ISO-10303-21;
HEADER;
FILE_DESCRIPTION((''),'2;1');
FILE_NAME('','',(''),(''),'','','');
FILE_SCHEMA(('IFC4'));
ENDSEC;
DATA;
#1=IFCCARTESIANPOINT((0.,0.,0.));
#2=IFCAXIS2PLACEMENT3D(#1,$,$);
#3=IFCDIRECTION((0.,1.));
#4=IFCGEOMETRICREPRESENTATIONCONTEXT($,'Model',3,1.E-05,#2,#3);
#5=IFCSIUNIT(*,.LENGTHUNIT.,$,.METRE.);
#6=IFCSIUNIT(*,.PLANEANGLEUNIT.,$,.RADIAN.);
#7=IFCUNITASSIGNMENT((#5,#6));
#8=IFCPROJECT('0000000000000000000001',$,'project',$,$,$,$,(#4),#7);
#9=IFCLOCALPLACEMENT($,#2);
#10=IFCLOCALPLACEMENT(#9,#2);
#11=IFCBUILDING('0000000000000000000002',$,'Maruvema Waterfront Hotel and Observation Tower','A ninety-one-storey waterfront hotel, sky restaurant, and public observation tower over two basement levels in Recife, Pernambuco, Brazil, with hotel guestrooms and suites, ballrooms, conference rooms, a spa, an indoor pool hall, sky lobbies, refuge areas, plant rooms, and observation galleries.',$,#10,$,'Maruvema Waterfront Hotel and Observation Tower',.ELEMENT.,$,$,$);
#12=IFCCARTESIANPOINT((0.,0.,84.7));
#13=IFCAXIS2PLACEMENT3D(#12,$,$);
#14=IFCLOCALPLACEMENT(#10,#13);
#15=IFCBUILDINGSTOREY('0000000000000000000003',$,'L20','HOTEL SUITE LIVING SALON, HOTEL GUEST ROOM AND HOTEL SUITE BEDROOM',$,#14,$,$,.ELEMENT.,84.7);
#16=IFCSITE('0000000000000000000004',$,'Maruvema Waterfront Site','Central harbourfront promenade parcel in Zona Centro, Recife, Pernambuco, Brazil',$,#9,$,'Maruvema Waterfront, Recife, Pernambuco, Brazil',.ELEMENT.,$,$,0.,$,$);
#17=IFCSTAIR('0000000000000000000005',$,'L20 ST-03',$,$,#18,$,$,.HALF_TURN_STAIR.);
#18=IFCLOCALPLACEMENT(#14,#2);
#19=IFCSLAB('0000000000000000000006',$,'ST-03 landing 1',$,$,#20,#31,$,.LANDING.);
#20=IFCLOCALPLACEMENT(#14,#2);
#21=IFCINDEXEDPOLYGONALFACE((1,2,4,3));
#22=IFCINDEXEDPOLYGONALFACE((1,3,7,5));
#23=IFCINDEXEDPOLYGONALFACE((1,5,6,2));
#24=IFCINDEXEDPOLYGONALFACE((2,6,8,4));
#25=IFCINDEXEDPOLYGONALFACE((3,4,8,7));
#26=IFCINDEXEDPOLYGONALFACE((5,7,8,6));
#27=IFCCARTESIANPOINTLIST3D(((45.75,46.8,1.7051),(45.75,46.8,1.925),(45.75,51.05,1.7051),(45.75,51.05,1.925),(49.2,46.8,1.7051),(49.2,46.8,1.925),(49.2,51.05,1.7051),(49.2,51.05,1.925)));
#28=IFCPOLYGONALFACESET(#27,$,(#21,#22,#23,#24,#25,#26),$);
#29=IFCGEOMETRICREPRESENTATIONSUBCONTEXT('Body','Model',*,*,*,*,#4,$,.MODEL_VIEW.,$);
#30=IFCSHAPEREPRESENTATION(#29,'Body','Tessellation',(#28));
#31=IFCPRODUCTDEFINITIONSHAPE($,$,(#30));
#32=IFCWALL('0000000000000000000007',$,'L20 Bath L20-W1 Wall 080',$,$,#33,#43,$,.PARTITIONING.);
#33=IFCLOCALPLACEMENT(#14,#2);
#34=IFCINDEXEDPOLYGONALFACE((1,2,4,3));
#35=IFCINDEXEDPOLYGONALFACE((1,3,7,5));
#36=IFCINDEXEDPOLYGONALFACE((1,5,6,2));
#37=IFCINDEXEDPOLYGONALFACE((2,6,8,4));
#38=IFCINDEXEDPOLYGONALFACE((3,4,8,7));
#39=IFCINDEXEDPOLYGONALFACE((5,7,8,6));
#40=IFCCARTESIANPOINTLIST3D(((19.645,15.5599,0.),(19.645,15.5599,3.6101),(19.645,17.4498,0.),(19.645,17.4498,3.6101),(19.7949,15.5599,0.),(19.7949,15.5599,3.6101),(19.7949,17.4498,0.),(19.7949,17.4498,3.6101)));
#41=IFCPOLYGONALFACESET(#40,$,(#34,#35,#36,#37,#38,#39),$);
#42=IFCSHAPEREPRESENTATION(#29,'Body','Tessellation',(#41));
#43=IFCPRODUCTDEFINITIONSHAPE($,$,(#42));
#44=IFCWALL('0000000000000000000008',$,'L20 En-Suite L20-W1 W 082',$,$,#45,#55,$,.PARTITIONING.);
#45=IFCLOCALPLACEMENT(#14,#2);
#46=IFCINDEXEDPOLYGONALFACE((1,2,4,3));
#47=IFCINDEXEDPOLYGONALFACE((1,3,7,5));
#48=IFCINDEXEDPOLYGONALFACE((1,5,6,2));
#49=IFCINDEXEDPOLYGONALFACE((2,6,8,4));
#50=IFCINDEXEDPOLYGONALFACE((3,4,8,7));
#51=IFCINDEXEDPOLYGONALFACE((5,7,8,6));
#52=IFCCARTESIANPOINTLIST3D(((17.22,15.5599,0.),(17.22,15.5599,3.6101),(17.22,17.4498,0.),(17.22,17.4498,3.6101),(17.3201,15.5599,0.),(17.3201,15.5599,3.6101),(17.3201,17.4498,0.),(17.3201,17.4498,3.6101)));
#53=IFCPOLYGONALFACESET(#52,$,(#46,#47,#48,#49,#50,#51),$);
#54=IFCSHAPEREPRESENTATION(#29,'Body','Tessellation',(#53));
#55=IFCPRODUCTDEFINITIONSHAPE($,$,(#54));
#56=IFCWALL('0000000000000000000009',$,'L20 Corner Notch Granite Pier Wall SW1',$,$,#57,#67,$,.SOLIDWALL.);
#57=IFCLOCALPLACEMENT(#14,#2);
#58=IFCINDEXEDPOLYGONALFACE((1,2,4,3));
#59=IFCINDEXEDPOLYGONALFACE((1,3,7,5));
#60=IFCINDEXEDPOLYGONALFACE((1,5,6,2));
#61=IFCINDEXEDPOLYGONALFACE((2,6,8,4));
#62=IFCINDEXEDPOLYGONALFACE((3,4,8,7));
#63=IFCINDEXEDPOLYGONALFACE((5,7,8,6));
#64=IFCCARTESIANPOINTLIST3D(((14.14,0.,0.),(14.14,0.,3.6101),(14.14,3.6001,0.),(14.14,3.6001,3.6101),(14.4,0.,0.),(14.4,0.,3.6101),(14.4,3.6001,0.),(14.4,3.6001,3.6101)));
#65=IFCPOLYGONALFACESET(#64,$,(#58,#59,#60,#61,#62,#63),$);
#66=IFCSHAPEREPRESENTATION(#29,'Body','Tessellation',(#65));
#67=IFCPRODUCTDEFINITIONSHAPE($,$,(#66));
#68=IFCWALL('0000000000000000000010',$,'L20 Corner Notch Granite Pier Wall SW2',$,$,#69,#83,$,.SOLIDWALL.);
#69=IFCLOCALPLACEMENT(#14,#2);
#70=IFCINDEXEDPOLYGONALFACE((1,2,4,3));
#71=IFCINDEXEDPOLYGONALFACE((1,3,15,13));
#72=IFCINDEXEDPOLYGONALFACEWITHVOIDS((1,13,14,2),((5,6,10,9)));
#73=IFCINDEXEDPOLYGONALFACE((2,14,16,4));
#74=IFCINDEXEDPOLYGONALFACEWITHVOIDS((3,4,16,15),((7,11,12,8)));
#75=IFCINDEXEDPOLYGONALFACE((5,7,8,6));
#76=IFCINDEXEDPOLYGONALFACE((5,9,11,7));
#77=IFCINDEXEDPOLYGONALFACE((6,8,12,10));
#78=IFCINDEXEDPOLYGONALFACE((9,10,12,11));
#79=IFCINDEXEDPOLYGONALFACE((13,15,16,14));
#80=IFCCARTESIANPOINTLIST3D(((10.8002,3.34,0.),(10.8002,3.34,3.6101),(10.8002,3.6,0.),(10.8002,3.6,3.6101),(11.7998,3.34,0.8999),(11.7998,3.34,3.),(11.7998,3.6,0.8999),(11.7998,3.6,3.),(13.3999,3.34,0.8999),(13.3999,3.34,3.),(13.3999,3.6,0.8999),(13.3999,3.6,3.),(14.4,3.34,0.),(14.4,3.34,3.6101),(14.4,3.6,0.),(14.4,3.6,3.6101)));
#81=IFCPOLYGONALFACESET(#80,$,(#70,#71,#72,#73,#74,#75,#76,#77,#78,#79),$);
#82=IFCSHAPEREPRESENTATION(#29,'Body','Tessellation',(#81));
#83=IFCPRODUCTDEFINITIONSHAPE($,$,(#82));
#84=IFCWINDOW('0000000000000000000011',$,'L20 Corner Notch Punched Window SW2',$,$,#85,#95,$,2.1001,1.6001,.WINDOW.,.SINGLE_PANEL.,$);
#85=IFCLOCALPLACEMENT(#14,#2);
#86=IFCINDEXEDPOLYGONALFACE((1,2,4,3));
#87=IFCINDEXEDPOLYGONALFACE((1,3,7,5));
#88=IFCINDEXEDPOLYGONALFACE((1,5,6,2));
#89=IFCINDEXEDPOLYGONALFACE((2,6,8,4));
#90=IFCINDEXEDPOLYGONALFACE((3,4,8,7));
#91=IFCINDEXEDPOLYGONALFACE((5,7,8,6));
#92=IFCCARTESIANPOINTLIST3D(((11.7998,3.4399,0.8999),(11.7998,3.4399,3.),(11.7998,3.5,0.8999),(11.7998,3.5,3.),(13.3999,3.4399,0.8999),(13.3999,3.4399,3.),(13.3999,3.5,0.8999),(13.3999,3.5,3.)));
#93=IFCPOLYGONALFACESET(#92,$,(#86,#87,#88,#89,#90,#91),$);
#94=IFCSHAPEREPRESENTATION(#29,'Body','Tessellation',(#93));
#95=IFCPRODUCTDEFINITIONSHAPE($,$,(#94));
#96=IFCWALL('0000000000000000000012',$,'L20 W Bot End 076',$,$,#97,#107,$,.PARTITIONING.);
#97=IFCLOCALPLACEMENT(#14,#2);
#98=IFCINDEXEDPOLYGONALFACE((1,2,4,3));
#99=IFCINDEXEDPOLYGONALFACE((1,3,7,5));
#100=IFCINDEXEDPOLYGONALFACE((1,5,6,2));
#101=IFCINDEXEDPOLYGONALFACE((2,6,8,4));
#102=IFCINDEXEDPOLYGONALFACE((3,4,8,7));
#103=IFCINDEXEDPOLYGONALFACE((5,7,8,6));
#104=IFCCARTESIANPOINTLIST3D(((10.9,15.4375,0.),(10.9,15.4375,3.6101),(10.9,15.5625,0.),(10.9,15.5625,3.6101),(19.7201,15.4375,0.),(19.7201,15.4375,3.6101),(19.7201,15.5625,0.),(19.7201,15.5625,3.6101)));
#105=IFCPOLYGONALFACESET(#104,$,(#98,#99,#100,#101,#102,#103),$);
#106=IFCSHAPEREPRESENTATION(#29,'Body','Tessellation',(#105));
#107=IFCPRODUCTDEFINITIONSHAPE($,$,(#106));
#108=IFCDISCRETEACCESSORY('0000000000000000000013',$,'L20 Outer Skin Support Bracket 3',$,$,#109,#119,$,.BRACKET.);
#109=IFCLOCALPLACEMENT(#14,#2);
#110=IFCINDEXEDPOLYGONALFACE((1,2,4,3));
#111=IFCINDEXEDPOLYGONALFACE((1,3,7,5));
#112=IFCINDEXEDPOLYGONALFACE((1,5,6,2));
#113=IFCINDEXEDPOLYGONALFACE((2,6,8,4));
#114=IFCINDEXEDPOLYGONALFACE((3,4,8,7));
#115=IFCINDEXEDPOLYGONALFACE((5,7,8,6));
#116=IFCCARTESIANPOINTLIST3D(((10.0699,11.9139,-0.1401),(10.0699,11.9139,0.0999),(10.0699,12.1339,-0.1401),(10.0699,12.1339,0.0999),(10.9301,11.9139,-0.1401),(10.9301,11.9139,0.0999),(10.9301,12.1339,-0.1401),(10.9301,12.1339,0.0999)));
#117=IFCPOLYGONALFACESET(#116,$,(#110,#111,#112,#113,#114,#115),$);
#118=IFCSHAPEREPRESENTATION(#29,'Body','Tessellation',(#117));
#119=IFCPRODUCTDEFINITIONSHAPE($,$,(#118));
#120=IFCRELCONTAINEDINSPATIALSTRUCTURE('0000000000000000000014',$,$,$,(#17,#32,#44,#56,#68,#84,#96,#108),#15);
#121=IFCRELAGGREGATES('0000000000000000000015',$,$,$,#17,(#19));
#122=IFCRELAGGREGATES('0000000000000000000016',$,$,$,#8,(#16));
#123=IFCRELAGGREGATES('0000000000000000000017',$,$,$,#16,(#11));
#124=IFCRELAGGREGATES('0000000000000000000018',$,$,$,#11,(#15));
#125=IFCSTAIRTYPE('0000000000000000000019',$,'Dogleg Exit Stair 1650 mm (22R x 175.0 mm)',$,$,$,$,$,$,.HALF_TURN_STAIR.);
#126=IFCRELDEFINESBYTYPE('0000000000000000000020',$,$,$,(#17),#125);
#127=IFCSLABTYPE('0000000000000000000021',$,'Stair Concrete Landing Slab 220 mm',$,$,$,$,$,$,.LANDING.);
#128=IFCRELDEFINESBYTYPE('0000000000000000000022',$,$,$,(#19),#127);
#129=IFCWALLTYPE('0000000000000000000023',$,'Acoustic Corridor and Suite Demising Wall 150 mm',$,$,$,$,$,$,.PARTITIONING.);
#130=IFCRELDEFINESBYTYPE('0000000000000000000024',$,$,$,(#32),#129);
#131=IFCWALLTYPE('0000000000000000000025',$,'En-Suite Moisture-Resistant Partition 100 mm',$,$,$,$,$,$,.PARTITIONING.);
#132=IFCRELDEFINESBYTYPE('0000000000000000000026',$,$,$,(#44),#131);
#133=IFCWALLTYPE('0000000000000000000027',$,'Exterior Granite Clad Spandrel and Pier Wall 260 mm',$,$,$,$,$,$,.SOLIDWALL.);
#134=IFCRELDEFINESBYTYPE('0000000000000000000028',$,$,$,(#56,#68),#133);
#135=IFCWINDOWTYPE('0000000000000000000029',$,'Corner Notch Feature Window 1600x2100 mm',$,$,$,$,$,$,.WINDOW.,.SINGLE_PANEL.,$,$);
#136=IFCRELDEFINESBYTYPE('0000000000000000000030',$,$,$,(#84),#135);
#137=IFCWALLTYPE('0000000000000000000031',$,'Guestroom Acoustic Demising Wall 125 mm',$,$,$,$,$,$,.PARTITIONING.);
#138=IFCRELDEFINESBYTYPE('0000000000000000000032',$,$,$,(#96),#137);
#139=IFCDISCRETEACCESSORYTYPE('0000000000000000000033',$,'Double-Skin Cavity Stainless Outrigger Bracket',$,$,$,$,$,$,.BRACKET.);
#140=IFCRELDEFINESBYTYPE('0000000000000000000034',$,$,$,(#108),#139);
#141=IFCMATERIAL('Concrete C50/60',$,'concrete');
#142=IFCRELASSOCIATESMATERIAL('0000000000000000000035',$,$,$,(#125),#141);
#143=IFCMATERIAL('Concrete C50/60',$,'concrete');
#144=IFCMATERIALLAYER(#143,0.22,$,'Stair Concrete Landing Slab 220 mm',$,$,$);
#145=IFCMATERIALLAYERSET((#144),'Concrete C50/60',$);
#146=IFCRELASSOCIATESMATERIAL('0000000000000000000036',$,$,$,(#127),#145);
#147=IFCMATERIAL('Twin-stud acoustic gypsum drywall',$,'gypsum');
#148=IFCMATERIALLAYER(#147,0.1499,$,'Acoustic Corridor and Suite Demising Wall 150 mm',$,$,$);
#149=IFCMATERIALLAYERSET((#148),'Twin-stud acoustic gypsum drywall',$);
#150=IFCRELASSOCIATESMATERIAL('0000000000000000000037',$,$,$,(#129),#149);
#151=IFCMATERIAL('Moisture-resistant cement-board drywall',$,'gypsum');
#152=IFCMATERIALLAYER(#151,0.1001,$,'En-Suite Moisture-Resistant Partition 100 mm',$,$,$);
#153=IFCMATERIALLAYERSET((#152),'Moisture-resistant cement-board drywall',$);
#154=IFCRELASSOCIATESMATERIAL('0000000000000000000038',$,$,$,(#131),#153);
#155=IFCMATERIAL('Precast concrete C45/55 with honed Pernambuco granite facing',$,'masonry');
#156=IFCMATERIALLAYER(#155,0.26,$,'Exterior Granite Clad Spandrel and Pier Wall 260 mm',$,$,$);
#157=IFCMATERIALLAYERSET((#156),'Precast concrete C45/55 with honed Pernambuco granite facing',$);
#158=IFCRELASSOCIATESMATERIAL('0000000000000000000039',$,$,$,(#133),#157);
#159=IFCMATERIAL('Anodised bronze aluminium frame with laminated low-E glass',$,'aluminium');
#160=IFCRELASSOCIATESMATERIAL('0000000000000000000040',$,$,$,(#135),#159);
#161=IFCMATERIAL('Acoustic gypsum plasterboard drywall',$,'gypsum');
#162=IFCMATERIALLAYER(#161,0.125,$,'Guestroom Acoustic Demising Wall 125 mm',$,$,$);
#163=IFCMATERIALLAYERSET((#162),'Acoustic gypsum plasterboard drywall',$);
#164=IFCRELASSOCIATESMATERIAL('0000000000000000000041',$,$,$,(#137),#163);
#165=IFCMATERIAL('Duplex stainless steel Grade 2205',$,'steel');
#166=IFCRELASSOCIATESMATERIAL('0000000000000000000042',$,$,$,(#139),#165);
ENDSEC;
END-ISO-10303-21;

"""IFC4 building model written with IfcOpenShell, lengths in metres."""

from ifc_helpers import new_model, si_unit, direction, frame, frame_2d, origin, origin_2d, place, context, subcontext, project, spatial, polyline, rectangle, outline, extrude, material, layer, layer_set, type_object, element, fill, aggregate, save


model = new_model("IFC4")

# Units and contexts
model_context = context("Model", 3, precision=1e-05, world=origin(), true_north=direction((0.0, 1.0)))
body_context = subcontext(model_context, "Body", "Model", "MODEL_VIEW")
ifc_project = project(units=[si_unit("LENGTHUNIT", "METRE"), si_unit("PLANEANGLEUNIT", "RADIAN")], contexts=[model_context])

# Site, building, storey
site_placement = place(None, origin())
site = spatial("IfcSite", under=ifc_project, at=site_placement, Name="Maruvema Waterfront Site", Description="Central harbourfront promenade parcel in Zona Centro, Recife, Pernambuco, Brazil", LongName="Maruvema Waterfront, Recife, Pernambuco, Brazil", CompositionType="ELEMENT", RefElevation=0.0)
building_placement = place(site_placement, origin())
building = spatial("IfcBuilding", under=site, at=building_placement, Name="Maruvema Waterfront Hotel and Observation Tower", Description="A ninety-one-storey waterfront hotel, sky restaurant, and public observation tower over two basement levels in Recife, Pernambuco, Brazil, with hotel guestrooms and suites, ballrooms, conference rooms, a spa, an indoor pool hall, sky lobbies, refuge areas, plant rooms, and observation galleries.", LongName="Maruvema Waterfront Hotel and Observation Tower", CompositionType="ELEMENT")
storey_placement = place(building_placement, frame((0.0, 0.0, 84.7)))
storey = spatial("IfcBuildingStorey", under=building, at=storey_placement, Name="L20", Description="HOTEL SUITE LIVING SALON, HOTEL GUEST ROOM AND HOTEL SUITE BEDROOM", CompositionType="ELEMENT", Elevation=84.7)

# Stair, slab
ifc_material_1 = material(Name="Concrete C50/60", Category="concrete")
stair_type = type_object("IfcStairType", Name="Dogleg Exit Stair 1650 mm (22R x 175.0 mm)", PredefinedType="HALF_TURN_STAIR", material=ifc_material_1)
ifc_material_2 = material(Name="Concrete C50/60", Category="concrete")
ifc_layer_1 = layer(ifc_material_2, 0.22, Name="Stair Concrete Landing Slab 220 mm")
ifc_layer_set_1 = layer_set([ifc_layer_1], Name="Concrete C50/60")
slab_type_1 = type_object("IfcSlabType", Name="Stair Concrete Landing Slab 220 mm", PredefinedType="LANDING", material=ifc_layer_set_1)
stair_1_placement = place(storey_placement, origin())
stair_1 = element("IfcStair", 1, at=stair_1_placement, inside=storey, type_object=stair_type, Name="L20 ST-03", PredefinedType="HALF_TURN_STAIR")
slab_1_placement = place(storey_placement, frame((0.0, 0.0, 1.7051)))
slab_1 = element("IfcSlab", 2, at=slab_1_placement, type_object=slab_type_1, Name="ST-03 landing 1", PredefinedType="LANDING", context=body_context, shape_type="SweptSolid", body=[
    extrude(outline(polyline([(49.2, 46.8), (49.2, 51.05), (45.75, 51.05), (45.75, 46.8), (49.2, 46.8)])), origin(), (0.0, 0.0, 1.0), 0.22),
])
aggregate(stair_1, [slab_1])

# Walls
ifc_material_3 = material(Name="Twin-stud acoustic gypsum drywall", Category="gypsum")
ifc_layer_2 = layer(ifc_material_3, 0.1499, Name="Acoustic Corridor and Suite Demising Wall 150 mm")
ifc_layer_set_2 = layer_set([ifc_layer_2], Name="Twin-stud acoustic gypsum drywall")
wall_type_1 = type_object("IfcWallType", Name="Acoustic Corridor and Suite Demising Wall 150 mm", PredefinedType="PARTITIONING", material=ifc_layer_set_2)
wall_1_placement = place(storey_placement, frame((19.72, 15.5601, 0.0), z_axis=(0.0, 0.0, 1.0), x_axis=(0.0, 1.0, 0.0)))
element("IfcWall", 3, at=wall_1_placement, inside=storey, type_object=wall_type_1, Name="L20 Bath L20-W1 Wall 080", PredefinedType="PARTITIONING", context=body_context, shape_type="SweptSolid", body=[
    extrude(rectangle(XDim=1.8899, YDim=0.1499, at=frame_2d((0.9448, 0.0))), origin(), (0.0, 0.0, 1.0), 3.6101),
])
ifc_material_4 = material(Name="Moisture-resistant cement-board drywall", Category="gypsum")
ifc_layer_3 = layer(ifc_material_4, 0.1001, Name="En-Suite Moisture-Resistant Partition 100 mm")
ifc_layer_set_3 = layer_set([ifc_layer_3], Name="Moisture-resistant cement-board drywall")
wall_type_2 = type_object("IfcWallType", Name="En-Suite Moisture-Resistant Partition 100 mm", PredefinedType="PARTITIONING", material=ifc_layer_set_3)
wall_2_placement = place(storey_placement, frame((17.27, 15.5601, 0.0), z_axis=(0.0, 0.0, 1.0), x_axis=(0.0, 1.0, 0.0)))
element("IfcWall", 4, at=wall_2_placement, inside=storey, type_object=wall_type_2, Name="L20 En-Suite L20-W1 W 082", PredefinedType="PARTITIONING", context=body_context, shape_type="SweptSolid", body=[
    extrude(rectangle(XDim=1.8899, YDim=0.1001, at=frame_2d((0.9448, 0.0))), origin(), (0.0, 0.0, 1.0), 3.6101),
])
ifc_material_5 = material(Name="Precast concrete C45/55 with honed Pernambuco granite facing", Category="masonry")
ifc_layer_4 = layer(ifc_material_5, 0.26, Name="Exterior Granite Clad Spandrel and Pier Wall 260 mm")
ifc_layer_set_4 = layer_set([ifc_layer_4], Name="Precast concrete C45/55 with honed Pernambuco granite facing")
wall_type_3 = type_object("IfcWallType", Name="Exterior Granite Clad Spandrel and Pier Wall 260 mm", PredefinedType="SOLIDWALL", material=ifc_layer_set_4)
wall_3_placement = place(storey_placement, frame((14.27, 0.0, 0.0), z_axis=(0.0, 0.0, 1.0), x_axis=(0.0, 1.0, 0.0)))
element("IfcWall", 5, at=wall_3_placement, inside=storey, type_object=wall_type_3, Name="L20 Corner Notch Granite Pier Wall SW1", PredefinedType="SOLIDWALL", context=body_context, shape_type="SweptSolid", body=[
    extrude(rectangle(XDim=3.6001, YDim=0.26, at=frame_2d((1.8, 0.0))), origin(), (0.0, 0.0, 1.0), 3.6101),
])

# Wall, opening, window
wall_4_placement = place(storey_placement, frame((14.3999, 3.47, 0.0), z_axis=(0.0, 0.0, 1.0), x_axis=(-1.0, 0.0, 0.0)))
wall_4 = element("IfcWall", 6, at=wall_4_placement, inside=storey, type_object=wall_type_3, Name="L20 Corner Notch Granite Pier Wall SW2", PredefinedType="SOLIDWALL", context=body_context, shape_type="SweptSolid", body=[
    extrude(rectangle(XDim=3.5999, YDim=0.26, at=frame_2d((1.7998, 0.0))), origin(), (0.0, 0.0, 1.0), 3.6101),
])
opening_placement = place(wall_4_placement, frame((1.0, 0.0, 0.8999)))
opening = element("IfcOpeningElement", 7, at=opening_placement, cuts=wall_4, PredefinedType="OPENING", context=body_context, shape_type="SweptSolid", body=[
    extrude(rectangle(XDim=1.6001, YDim=2.1001, at=frame_2d((0.8, 1.05))), frame((0.0, 0.1401, 0.0), z_axis=(0.0, -1.0, 0.0), x_axis=(1.0, 0.0, 0.0)), (0.0, 0.0, 1.0), 0.28),
])
ifc_material_6 = material(Name="Anodised bronze aluminium frame with laminated low-E glass", Category="aluminium")
window_type = type_object("IfcWindowType", Name="Corner Notch Feature Window 1600x2100 mm", PartitioningType="SINGLE_PANEL", PredefinedType="WINDOW", material=ifc_material_6)
window_placement = place(opening_placement, origin())
window = element("IfcWindow", 8, at=window_placement, inside=storey, type_object=window_type, Name="L20 Corner Notch Punched Window SW2", OverallHeight=2.1001, OverallWidth=1.6001, PartitioningType="SINGLE_PANEL", PredefinedType="WINDOW", context=body_context, shape_type="SweptSolid", body=[
    extrude(rectangle(XDim=1.6001, YDim=2.1001, at=frame_2d((0.8, 1.05))), frame((0.0, 0.03, 0.0), z_axis=(0.0, -1.0, 0.0), x_axis=(1.0, 0.0, 0.0)), (0.0, 0.0, 1.0), 0.0601),
])
fill(opening, window)

# Wall
ifc_material_7 = material(Name="Acoustic gypsum plasterboard drywall", Category="gypsum")
ifc_layer_5 = layer(ifc_material_7, 0.125, Name="Guestroom Acoustic Demising Wall 125 mm")
ifc_layer_set_5 = layer_set([ifc_layer_5], Name="Acoustic gypsum plasterboard drywall")
wall_type_4 = type_object("IfcWallType", Name="Guestroom Acoustic Demising Wall 125 mm", PredefinedType="PARTITIONING", material=ifc_layer_set_5)
wall_5_placement = place(storey_placement, frame((10.8999, 15.5, 0.0), z_axis=(0.0, 0.0, 1.0), x_axis=(1.0, 0.0, 0.0)))
element("IfcWall", 9, at=wall_5_placement, inside=storey, type_object=wall_type_4, Name="L20 W Bot End 076", PredefinedType="PARTITIONING", context=body_context, shape_type="SweptSolid", body=[
    extrude(rectangle(XDim=8.8201, YDim=0.125, at=frame_2d((4.4102, 0.0))), origin(), (0.0, 0.0, 1.0), 3.6101),
])

# Discrete accessory
ifc_material_8 = material(Name="Duplex stainless steel Grade 2205", Category="steel")
discrete_accessory_type = type_object("IfcDiscreteAccessoryType", Name="Double-Skin Cavity Stainless Outrigger Bracket", PredefinedType="BRACKET", material=ifc_material_8)
discrete_accessory_placement = place(storey_placement, frame((10.5, 12.0239, -0.1401), z_axis=(0.0, 0.0, 1.0), x_axis=(0.0, -1.0, 0.0)))
element("IfcDiscreteAccessory", 10, at=discrete_accessory_placement, inside=storey, type_object=discrete_accessory_type, Name="L20 Outer Skin Support Bracket 3", PredefinedType="BRACKET", context=body_context, shape_type="SweptSolid", body=[
    extrude(rectangle(XDim=0.22, YDim=0.8601, at=origin_2d()), origin(), (0.0, 0.0, 1.0), 0.24),
])

save(model, "model.ifc")
